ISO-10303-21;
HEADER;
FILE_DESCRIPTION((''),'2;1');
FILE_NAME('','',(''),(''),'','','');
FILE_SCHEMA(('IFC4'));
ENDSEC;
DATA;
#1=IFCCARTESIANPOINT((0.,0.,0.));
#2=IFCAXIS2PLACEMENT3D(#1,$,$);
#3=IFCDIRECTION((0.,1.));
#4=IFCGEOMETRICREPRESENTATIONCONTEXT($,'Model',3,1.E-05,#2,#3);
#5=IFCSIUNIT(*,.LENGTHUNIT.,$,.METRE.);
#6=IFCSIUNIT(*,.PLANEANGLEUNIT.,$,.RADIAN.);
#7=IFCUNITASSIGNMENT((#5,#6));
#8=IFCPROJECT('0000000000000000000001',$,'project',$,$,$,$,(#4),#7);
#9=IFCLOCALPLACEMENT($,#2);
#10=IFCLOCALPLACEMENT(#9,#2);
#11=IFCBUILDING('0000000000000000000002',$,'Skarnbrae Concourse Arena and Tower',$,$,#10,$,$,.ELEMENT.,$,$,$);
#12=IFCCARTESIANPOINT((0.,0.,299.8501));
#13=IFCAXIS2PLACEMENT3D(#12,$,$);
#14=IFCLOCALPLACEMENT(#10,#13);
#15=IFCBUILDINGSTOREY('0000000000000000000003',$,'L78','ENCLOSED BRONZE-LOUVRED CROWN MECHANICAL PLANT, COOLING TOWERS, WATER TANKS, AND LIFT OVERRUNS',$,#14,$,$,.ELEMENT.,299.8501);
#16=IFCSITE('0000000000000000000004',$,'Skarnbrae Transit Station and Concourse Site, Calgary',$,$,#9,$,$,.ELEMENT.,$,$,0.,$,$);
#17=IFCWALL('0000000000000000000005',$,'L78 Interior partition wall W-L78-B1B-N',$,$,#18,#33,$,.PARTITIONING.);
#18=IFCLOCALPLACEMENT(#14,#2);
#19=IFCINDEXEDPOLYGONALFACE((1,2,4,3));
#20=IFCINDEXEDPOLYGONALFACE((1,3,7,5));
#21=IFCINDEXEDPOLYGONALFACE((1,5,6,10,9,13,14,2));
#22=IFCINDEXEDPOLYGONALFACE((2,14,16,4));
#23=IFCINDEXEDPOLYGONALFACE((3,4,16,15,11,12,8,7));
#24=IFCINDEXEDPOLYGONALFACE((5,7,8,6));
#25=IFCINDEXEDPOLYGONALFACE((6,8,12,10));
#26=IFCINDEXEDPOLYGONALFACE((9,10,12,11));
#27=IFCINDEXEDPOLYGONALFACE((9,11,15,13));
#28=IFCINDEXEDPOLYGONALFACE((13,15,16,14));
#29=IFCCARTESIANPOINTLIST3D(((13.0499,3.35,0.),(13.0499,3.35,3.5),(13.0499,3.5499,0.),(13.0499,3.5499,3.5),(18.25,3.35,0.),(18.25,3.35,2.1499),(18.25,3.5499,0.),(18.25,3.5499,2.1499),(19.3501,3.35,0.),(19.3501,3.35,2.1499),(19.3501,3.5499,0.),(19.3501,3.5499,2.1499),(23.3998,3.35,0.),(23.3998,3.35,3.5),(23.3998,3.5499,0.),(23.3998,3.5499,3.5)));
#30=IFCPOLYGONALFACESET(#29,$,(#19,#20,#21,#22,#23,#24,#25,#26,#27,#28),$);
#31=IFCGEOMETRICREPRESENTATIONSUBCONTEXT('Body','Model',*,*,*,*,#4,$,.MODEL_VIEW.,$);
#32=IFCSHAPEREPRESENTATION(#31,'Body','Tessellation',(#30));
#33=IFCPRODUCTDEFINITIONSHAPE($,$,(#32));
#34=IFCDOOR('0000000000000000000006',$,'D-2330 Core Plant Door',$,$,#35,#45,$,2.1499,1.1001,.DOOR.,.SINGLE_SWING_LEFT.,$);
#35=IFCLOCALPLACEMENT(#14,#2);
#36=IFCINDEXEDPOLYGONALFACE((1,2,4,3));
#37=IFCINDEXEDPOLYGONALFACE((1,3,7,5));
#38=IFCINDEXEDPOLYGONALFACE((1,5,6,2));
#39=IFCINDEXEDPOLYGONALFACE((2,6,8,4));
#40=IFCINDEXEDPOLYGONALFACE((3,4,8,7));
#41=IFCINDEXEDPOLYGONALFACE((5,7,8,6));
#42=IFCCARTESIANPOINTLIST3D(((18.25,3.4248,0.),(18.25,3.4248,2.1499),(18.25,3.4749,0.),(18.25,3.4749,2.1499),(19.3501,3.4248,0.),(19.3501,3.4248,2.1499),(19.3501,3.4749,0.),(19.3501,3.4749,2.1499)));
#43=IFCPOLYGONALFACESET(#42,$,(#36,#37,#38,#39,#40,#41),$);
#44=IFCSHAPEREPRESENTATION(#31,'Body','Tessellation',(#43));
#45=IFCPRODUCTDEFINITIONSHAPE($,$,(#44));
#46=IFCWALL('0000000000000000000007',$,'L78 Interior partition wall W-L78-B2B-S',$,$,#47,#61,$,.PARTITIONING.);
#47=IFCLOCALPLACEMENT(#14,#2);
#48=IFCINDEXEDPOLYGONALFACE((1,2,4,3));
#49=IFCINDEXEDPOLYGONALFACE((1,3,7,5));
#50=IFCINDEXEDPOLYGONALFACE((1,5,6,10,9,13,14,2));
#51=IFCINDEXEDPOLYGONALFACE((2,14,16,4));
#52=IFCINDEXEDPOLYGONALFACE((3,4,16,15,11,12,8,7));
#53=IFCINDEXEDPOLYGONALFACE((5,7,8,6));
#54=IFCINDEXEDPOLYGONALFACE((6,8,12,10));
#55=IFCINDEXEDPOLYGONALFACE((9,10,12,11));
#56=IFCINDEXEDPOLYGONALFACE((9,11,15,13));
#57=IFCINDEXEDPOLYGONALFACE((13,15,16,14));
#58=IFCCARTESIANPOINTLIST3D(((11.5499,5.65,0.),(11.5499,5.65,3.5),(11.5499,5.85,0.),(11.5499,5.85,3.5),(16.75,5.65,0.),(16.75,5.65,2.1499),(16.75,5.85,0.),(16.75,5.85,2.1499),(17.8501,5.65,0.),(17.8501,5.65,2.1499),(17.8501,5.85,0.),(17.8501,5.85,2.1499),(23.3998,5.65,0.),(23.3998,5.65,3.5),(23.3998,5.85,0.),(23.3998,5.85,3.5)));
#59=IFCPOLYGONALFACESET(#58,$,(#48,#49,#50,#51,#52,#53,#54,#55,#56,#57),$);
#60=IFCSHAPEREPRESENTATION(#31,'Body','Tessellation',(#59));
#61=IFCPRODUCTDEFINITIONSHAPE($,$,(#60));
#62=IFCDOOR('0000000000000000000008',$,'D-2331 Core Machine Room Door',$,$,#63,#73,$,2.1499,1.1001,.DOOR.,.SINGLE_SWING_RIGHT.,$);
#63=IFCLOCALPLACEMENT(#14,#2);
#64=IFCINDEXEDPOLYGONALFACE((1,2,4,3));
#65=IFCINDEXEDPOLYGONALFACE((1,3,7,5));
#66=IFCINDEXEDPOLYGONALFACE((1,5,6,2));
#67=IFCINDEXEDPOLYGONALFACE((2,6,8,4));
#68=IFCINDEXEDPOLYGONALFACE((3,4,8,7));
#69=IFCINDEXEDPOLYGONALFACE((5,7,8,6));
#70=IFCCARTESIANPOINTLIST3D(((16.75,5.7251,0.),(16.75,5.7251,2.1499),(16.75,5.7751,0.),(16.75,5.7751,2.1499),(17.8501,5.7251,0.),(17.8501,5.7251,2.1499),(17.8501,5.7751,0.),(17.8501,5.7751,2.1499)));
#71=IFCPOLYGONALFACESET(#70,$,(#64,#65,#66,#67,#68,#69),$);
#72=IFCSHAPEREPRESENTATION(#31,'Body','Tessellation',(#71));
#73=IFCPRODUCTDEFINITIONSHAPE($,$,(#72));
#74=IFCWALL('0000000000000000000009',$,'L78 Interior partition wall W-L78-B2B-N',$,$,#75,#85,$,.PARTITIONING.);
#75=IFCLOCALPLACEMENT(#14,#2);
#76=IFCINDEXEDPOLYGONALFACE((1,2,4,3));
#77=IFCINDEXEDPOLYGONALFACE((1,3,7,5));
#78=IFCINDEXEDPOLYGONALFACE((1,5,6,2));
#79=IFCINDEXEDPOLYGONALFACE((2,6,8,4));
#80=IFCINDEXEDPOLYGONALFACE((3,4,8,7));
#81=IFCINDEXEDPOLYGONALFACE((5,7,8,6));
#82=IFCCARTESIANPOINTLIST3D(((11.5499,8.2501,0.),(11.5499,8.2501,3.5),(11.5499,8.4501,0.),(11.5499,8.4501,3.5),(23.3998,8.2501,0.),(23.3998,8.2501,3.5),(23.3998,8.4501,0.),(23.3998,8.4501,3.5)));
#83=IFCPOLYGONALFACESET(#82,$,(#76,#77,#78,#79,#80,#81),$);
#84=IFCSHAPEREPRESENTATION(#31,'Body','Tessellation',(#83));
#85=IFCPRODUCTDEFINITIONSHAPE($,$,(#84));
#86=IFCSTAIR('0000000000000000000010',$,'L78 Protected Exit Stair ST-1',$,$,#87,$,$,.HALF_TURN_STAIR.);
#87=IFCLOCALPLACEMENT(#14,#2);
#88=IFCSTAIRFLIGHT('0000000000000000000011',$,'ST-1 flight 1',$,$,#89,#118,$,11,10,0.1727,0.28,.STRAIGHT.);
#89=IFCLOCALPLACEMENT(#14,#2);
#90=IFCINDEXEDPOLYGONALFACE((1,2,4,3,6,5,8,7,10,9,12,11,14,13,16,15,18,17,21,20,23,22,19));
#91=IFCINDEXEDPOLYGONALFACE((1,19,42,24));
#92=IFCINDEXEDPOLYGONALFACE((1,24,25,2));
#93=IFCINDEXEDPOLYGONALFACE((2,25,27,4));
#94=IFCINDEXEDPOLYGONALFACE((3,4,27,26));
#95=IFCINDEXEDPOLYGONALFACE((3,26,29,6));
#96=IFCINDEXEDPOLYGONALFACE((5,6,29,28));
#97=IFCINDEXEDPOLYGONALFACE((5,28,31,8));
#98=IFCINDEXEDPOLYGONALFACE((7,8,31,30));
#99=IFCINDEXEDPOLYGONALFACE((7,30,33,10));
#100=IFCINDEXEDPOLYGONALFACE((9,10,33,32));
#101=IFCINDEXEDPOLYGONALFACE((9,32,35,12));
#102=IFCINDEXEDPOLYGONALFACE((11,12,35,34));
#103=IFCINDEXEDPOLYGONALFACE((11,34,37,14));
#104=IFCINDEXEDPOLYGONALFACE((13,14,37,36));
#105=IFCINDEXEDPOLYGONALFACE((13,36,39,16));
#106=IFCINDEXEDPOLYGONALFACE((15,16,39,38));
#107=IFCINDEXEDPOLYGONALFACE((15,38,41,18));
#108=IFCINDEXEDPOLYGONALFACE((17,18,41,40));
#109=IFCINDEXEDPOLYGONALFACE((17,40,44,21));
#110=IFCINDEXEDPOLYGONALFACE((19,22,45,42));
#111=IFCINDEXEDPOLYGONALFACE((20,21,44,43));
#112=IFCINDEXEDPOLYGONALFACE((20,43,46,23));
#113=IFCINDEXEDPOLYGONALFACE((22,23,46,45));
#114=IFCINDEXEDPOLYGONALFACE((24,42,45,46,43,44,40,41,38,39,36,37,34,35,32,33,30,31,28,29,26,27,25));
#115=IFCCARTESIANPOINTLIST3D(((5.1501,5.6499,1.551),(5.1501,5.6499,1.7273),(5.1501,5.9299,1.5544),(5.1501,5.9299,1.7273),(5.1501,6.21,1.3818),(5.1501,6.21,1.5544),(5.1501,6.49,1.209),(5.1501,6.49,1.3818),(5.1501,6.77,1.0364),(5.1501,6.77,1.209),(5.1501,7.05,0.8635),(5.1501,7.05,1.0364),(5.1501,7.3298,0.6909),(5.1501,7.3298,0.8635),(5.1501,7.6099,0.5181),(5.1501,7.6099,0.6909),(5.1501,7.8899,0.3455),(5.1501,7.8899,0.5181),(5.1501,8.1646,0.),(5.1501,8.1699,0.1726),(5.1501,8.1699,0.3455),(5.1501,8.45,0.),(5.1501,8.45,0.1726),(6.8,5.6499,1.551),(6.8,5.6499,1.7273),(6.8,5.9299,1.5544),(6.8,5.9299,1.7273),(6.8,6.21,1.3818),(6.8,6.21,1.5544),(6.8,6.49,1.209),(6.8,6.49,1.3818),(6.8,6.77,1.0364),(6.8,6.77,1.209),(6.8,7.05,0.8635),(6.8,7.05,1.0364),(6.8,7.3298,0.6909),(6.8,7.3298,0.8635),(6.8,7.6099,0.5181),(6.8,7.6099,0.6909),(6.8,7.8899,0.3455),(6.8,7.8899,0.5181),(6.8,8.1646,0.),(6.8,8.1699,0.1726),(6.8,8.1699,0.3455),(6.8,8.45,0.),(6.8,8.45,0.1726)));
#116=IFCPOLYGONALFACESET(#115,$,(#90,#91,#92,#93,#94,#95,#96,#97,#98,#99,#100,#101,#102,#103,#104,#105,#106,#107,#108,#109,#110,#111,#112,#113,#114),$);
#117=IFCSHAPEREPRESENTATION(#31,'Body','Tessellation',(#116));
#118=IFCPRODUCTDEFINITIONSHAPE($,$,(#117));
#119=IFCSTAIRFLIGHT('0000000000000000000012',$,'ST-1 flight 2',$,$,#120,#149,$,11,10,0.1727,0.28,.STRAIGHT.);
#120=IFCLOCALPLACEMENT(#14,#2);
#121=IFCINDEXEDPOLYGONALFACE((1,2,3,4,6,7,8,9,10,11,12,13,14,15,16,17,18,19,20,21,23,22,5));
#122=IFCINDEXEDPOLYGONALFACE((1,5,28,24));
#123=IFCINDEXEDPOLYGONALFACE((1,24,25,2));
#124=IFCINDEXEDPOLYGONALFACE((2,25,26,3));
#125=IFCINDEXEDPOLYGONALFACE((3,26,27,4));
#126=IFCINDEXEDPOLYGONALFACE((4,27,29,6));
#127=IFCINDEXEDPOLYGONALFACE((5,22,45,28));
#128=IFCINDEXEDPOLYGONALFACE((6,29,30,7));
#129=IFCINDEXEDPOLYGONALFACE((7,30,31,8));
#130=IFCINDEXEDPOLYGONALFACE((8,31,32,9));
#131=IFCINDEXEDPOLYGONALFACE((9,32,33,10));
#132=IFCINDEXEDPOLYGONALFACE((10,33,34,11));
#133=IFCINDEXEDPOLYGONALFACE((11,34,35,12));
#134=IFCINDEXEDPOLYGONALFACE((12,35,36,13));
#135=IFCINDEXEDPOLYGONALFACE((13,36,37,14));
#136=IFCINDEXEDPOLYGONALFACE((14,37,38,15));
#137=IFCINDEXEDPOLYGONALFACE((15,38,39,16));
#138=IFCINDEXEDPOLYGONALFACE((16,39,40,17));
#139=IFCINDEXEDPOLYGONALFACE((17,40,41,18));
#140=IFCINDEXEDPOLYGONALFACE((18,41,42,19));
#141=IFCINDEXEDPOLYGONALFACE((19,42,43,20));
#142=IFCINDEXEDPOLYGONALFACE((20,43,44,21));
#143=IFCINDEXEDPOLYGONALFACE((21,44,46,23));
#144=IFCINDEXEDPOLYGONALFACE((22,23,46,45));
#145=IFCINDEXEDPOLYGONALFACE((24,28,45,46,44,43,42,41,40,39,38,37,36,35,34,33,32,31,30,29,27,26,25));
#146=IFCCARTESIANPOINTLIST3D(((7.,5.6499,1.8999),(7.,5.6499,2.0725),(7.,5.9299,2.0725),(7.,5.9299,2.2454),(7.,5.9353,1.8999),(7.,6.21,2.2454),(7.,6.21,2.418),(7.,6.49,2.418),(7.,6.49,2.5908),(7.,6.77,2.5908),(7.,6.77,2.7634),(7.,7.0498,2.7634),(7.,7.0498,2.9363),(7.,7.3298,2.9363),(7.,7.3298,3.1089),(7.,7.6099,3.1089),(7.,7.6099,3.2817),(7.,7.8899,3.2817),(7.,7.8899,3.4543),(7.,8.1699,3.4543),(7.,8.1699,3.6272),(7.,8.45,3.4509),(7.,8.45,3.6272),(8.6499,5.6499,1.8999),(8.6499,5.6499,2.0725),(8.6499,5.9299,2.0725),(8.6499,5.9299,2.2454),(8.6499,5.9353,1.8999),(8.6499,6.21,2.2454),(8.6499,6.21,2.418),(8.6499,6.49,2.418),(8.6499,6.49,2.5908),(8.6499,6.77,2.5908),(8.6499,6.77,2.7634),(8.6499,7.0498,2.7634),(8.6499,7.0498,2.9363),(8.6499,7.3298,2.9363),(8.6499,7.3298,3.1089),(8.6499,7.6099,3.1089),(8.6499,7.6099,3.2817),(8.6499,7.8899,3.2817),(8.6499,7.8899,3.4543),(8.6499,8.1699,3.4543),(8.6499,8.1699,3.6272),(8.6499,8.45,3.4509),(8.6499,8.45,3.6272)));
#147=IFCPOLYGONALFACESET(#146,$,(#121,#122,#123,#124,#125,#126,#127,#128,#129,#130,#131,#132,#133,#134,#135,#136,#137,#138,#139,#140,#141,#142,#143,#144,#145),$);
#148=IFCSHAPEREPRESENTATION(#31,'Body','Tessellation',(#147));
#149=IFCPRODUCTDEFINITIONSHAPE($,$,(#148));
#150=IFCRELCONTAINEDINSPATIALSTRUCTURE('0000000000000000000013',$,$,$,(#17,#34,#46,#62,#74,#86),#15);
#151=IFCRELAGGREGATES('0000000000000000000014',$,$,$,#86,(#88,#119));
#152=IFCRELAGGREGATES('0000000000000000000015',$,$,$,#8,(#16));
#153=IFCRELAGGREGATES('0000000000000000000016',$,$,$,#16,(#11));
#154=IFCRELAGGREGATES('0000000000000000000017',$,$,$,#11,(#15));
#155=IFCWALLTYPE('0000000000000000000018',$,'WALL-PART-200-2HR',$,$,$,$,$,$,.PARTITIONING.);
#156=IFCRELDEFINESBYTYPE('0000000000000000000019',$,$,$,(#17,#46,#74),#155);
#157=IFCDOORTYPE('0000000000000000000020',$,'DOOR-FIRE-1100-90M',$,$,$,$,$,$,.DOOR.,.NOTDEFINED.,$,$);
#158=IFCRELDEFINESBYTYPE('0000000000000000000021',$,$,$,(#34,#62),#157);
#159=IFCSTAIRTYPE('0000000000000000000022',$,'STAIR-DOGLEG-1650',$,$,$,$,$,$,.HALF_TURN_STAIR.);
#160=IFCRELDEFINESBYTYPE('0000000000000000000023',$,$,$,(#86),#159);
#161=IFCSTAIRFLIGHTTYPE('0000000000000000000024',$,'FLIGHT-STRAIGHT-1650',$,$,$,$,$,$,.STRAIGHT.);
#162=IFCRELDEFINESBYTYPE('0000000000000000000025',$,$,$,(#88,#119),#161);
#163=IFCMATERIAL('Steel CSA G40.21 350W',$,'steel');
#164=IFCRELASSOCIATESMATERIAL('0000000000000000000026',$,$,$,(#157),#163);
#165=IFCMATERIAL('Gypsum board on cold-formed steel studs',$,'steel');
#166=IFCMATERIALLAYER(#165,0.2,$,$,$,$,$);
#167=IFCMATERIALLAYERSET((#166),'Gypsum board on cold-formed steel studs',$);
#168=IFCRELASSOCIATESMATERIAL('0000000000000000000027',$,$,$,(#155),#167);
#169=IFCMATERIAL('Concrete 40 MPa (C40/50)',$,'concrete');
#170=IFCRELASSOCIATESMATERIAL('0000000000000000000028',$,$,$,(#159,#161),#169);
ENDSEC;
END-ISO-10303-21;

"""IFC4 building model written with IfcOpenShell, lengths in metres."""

from ifc_helpers import new_model, si_unit, direction, frame, frame_2d, origin, place, context, subcontext, project, spatial, polyline, rectangle, outline, extrude, source, transform, mapped, material, layer, layer_set, type_object, element, fill, aggregate, save


model = new_model("IFC4")

# Units and contexts
model_context = context("Model", 3, precision=1e-05, world=origin(), true_north=direction((0.0, 1.0)))
body_context = subcontext(model_context, "Body", "Model", "MODEL_VIEW")
ifc_project = project(units=[si_unit("LENGTHUNIT", "METRE"), si_unit("PLANEANGLEUNIT", "RADIAN")], contexts=[model_context])

# Site, building, storey
site_placement = place(None, origin())
site = spatial("IfcSite", under=ifc_project, at=site_placement, Name="Skarnbrae Transit Station and Concourse Site, Calgary", CompositionType="ELEMENT", RefElevation=0.0)
building_placement = place(site_placement, origin())
building = spatial("IfcBuilding", under=site, at=building_placement, Name="Skarnbrae Concourse Arena and Tower", CompositionType="ELEMENT")
storey_placement = place(building_placement, frame((0.0, 0.0, 299.8501)))
storey = spatial("IfcBuildingStorey", under=building, at=storey_placement, Name="L78", Description="ENCLOSED BRONZE-LOUVRED CROWN MECHANICAL PLANT, COOLING TOWERS, WATER TANKS, AND LIFT OVERRUNS", CompositionType="ELEMENT", Elevation=299.8501)

# Shared definitions
ifc_material_1 = material(Name="Steel CSA G40.21 350W", Category="steel")

# Shared definitions
door_type_1 = type_object("IfcDoorType", Name="DOOR-FIRE-1100-90M", OperationType="NOTDEFINED", PredefinedType="DOOR", material=ifc_material_1)
shared_shape_1 = source(origin(), body_context, "Body", "SweptSolid", [
    extrude(rectangle(XDim=1.1001, YDim=2.1499, at=frame_2d((0.55, 1.075))), frame((0.0, 0.0249, 0.0), z_axis=(0.0, -1.0, 0.0), x_axis=(1.0, 0.0, 0.0)), (0.0, 0.0, 1.0), 0.05),
])

# Shared definitions
ifc_material_2 = material(Name="Gypsum board on cold-formed steel studs", Category="steel")
ifc_layer_1 = layer(ifc_material_2, 0.2)
ifc_layer_set_1 = layer_set([ifc_layer_1], Name="Gypsum board on cold-formed steel studs")
wall_type_1 = type_object("IfcWallType", Name="WALL-PART-200-2HR", PredefinedType="PARTITIONING", material=ifc_layer_set_1)

# Walls, openings, doors
shared_shape_2 = source(origin(), body_context, "Body", "SweptSolid", [
    extrude(rectangle(XDim=10.3499, YDim=0.2, at=frame_2d((5.1748, 0.0))), origin(), (0.0, 0.0, 1.0), 3.5),
])
wall_1_placement = place(storey_placement, frame((13.05, 3.45, 0.0), z_axis=(0.0, 0.0, 1.0), x_axis=(1.0, 0.0, 0.0)))
wall_1 = element("IfcWall", 1, at=wall_1_placement, inside=storey, type_object=wall_type_1, Name="L78 Interior partition wall W-L78-B1B-N", PredefinedType="PARTITIONING", context=body_context, shape_type="MappedRepresentation", body=[
    mapped(shared_shape_2, transform((0.0, 0.0, 0.0))),
])
opening_1_placement = place(wall_1_placement, frame((5.2, 0.0, 0.0)))
opening_1 = element("IfcOpeningElement", 2, at=opening_1_placement, cuts=wall_1, PredefinedType="OPENING", context=body_context, shape_type="SweptSolid", body=[
    extrude(rectangle(XDim=1.1001, YDim=2.1499, at=frame_2d((0.55, 1.075))), frame((0.0, 0.1099, 0.0), z_axis=(0.0, -1.0, 0.0), x_axis=(1.0, 0.0, 0.0)), (0.0, 0.0, 1.0), 0.22),
])
door_1_placement = place(opening_1_placement, origin())
door_1 = element("IfcDoor", 3, at=door_1_placement, inside=storey, type_object=door_type_1, Name="D-2330 Core Plant Door", OperationType="SINGLE_SWING_LEFT", OverallHeight=2.1499, OverallWidth=1.1001, PredefinedType="DOOR", context=body_context, shape_type="MappedRepresentation", body=[
    mapped(shared_shape_1, transform((0.0, 0.0, 0.0))),
])
fill(opening_1, door_1)
shared_shape_3 = source(origin(), body_context, "Body", "SweptSolid", [
    extrude(rectangle(XDim=11.8499, YDim=0.2, at=frame_2d((5.9248, 0.0))), origin(), (0.0, 0.0, 1.0), 3.5),
])
wall_2_placement = place(storey_placement, frame((11.55, 5.75, 0.0), z_axis=(0.0, 0.0, 1.0), x_axis=(1.0, 0.0, 0.0)))
wall_2 = element("IfcWall", 4, at=wall_2_placement, inside=storey, type_object=wall_type_1, Name="L78 Interior partition wall W-L78-B2B-S", PredefinedType="PARTITIONING", context=body_context, shape_type="MappedRepresentation", body=[
    mapped(shared_shape_3, transform((0.0, 0.0, 0.0))),
])
opening_2_placement = place(wall_2_placement, frame((5.2, 0.0, 0.0)))
opening_2 = element("IfcOpeningElement", 5, at=opening_2_placement, cuts=wall_2, PredefinedType="OPENING", context=body_context, shape_type="SweptSolid", body=[
    extrude(rectangle(XDim=1.1001, YDim=2.1499, at=frame_2d((0.55, 1.075))), frame((0.0, 0.1099, 0.0), z_axis=(0.0, -1.0, 0.0), x_axis=(1.0, 0.0, 0.0)), (0.0, 0.0, 1.0), 0.22),
])
door_2_placement = place(opening_2_placement, frame((1.1001, 0.0, 0.0), z_axis=(0.0, 0.0, 1.0), x_axis=(-1.0, 0.0, 0.0)))
door_2 = element("IfcDoor", 6, at=door_2_placement, inside=storey, type_object=door_type_1, Name="D-2331 Core Machine Room Door", OperationType="SINGLE_SWING_RIGHT", OverallHeight=2.1499, OverallWidth=1.1001, PredefinedType="DOOR", context=body_context, shape_type="MappedRepresentation", body=[
    mapped(shared_shape_1, transform((0.0, 0.0, 0.0))),
])
fill(opening_2, door_2)

# Wall
wall_3_placement = place(storey_placement, frame((11.55, 8.3501, 0.0), z_axis=(0.0, 0.0, 1.0), x_axis=(1.0, 0.0, 0.0)))
element("IfcWall", 7, at=wall_3_placement, inside=storey, type_object=wall_type_1, Name="L78 Interior partition wall W-L78-B2B-N", PredefinedType="PARTITIONING", context=body_context, shape_type="MappedRepresentation", body=[
    mapped(shared_shape_3, transform((0.0, 0.0, 0.0))),
])

# Stair, stair flights
ifc_material_3 = material(Name="Concrete 40 MPa (C40/50)", Category="concrete")
stair_type = type_object("IfcStairType", Name="STAIR-DOGLEG-1650", PredefinedType="HALF_TURN_STAIR", material=ifc_material_3)
stair_placement = place(storey_placement, origin())
stair = element("IfcStair", 8, at=stair_placement, inside=storey, type_object=stair_type, Name="L78 Protected Exit Stair ST-1", PredefinedType="HALF_TURN_STAIR")
stair_flight_type = type_object("IfcStairFlightType", Name="FLIGHT-STRAIGHT-1650", PredefinedType="STRAIGHT", material=ifc_material_3)
shared_shape_4 = source(origin(), body_context, "Body", "SweptSolid", [
    extrude(outline(polyline([(0.0, 0.0), (0.0, 0.1726), (0.28, 0.1726), (0.28, 0.3455), (0.5601, 0.3455), (0.5601, 0.5181), (0.8401, 0.5181), (0.8401, 0.6909), (1.1201, 0.6909), (1.1201, 0.8635), (1.3999, 0.8635), (1.3999, 1.0364), (1.6799, 1.0364), (1.6799, 1.209), (1.96, 1.209), (1.96, 1.3818), (2.24, 1.3818), (2.24, 1.5544), (2.52, 1.5544), (2.52, 1.7273), (2.8, 1.7273), (2.8, 1.8999), (2.8, 1.551), (0.2854, 0.0), (0.0, 0.0)])), frame((0.0, 0.825, 0.0), z_axis=(0.0, -1.0, 0.0), x_axis=(1.0, 0.0, 0.0)), (0.0, 0.0, 1.0), 1.6499),
])
stair_flight_1_placement = place(storey_placement, frame((5.9751, 8.45, 0.0), z_axis=(0.0, 0.0, 1.0), x_axis=(0.0, -1.0, 0.0)))
stair_flight_1 = element("IfcStairFlight", 9, at=stair_flight_1_placement, type_object=stair_flight_type, Name="ST-1 flight 1", NumberOfRisers=11, NumberOfTreads=10, PredefinedType="STRAIGHT", RiserHeight=0.1727, TreadLength=0.28, context=body_context, shape_type="MappedRepresentation", body=[
    mapped(shared_shape_4, transform((0.0, 0.0, 0.0))),
])
stair_flight_2_placement = place(storey_placement, frame((7.825, 5.6499, 1.8999), z_axis=(0.0, 0.0, 1.0), x_axis=(0.0, 1.0, 0.0)))
stair_flight_2 = element("IfcStairFlight", 10, at=stair_flight_2_placement, type_object=stair_flight_type, Name="ST-1 flight 2", NumberOfRisers=11, NumberOfTreads=10, PredefinedType="STRAIGHT", RiserHeight=0.1727, TreadLength=0.28, context=body_context, shape_type="MappedRepresentation", body=[
    mapped(shared_shape_4, transform((0.0, 0.0, 0.0))),
])
aggregate(stair, [stair_flight_1, stair_flight_2])

save(model, "model.ifc")
